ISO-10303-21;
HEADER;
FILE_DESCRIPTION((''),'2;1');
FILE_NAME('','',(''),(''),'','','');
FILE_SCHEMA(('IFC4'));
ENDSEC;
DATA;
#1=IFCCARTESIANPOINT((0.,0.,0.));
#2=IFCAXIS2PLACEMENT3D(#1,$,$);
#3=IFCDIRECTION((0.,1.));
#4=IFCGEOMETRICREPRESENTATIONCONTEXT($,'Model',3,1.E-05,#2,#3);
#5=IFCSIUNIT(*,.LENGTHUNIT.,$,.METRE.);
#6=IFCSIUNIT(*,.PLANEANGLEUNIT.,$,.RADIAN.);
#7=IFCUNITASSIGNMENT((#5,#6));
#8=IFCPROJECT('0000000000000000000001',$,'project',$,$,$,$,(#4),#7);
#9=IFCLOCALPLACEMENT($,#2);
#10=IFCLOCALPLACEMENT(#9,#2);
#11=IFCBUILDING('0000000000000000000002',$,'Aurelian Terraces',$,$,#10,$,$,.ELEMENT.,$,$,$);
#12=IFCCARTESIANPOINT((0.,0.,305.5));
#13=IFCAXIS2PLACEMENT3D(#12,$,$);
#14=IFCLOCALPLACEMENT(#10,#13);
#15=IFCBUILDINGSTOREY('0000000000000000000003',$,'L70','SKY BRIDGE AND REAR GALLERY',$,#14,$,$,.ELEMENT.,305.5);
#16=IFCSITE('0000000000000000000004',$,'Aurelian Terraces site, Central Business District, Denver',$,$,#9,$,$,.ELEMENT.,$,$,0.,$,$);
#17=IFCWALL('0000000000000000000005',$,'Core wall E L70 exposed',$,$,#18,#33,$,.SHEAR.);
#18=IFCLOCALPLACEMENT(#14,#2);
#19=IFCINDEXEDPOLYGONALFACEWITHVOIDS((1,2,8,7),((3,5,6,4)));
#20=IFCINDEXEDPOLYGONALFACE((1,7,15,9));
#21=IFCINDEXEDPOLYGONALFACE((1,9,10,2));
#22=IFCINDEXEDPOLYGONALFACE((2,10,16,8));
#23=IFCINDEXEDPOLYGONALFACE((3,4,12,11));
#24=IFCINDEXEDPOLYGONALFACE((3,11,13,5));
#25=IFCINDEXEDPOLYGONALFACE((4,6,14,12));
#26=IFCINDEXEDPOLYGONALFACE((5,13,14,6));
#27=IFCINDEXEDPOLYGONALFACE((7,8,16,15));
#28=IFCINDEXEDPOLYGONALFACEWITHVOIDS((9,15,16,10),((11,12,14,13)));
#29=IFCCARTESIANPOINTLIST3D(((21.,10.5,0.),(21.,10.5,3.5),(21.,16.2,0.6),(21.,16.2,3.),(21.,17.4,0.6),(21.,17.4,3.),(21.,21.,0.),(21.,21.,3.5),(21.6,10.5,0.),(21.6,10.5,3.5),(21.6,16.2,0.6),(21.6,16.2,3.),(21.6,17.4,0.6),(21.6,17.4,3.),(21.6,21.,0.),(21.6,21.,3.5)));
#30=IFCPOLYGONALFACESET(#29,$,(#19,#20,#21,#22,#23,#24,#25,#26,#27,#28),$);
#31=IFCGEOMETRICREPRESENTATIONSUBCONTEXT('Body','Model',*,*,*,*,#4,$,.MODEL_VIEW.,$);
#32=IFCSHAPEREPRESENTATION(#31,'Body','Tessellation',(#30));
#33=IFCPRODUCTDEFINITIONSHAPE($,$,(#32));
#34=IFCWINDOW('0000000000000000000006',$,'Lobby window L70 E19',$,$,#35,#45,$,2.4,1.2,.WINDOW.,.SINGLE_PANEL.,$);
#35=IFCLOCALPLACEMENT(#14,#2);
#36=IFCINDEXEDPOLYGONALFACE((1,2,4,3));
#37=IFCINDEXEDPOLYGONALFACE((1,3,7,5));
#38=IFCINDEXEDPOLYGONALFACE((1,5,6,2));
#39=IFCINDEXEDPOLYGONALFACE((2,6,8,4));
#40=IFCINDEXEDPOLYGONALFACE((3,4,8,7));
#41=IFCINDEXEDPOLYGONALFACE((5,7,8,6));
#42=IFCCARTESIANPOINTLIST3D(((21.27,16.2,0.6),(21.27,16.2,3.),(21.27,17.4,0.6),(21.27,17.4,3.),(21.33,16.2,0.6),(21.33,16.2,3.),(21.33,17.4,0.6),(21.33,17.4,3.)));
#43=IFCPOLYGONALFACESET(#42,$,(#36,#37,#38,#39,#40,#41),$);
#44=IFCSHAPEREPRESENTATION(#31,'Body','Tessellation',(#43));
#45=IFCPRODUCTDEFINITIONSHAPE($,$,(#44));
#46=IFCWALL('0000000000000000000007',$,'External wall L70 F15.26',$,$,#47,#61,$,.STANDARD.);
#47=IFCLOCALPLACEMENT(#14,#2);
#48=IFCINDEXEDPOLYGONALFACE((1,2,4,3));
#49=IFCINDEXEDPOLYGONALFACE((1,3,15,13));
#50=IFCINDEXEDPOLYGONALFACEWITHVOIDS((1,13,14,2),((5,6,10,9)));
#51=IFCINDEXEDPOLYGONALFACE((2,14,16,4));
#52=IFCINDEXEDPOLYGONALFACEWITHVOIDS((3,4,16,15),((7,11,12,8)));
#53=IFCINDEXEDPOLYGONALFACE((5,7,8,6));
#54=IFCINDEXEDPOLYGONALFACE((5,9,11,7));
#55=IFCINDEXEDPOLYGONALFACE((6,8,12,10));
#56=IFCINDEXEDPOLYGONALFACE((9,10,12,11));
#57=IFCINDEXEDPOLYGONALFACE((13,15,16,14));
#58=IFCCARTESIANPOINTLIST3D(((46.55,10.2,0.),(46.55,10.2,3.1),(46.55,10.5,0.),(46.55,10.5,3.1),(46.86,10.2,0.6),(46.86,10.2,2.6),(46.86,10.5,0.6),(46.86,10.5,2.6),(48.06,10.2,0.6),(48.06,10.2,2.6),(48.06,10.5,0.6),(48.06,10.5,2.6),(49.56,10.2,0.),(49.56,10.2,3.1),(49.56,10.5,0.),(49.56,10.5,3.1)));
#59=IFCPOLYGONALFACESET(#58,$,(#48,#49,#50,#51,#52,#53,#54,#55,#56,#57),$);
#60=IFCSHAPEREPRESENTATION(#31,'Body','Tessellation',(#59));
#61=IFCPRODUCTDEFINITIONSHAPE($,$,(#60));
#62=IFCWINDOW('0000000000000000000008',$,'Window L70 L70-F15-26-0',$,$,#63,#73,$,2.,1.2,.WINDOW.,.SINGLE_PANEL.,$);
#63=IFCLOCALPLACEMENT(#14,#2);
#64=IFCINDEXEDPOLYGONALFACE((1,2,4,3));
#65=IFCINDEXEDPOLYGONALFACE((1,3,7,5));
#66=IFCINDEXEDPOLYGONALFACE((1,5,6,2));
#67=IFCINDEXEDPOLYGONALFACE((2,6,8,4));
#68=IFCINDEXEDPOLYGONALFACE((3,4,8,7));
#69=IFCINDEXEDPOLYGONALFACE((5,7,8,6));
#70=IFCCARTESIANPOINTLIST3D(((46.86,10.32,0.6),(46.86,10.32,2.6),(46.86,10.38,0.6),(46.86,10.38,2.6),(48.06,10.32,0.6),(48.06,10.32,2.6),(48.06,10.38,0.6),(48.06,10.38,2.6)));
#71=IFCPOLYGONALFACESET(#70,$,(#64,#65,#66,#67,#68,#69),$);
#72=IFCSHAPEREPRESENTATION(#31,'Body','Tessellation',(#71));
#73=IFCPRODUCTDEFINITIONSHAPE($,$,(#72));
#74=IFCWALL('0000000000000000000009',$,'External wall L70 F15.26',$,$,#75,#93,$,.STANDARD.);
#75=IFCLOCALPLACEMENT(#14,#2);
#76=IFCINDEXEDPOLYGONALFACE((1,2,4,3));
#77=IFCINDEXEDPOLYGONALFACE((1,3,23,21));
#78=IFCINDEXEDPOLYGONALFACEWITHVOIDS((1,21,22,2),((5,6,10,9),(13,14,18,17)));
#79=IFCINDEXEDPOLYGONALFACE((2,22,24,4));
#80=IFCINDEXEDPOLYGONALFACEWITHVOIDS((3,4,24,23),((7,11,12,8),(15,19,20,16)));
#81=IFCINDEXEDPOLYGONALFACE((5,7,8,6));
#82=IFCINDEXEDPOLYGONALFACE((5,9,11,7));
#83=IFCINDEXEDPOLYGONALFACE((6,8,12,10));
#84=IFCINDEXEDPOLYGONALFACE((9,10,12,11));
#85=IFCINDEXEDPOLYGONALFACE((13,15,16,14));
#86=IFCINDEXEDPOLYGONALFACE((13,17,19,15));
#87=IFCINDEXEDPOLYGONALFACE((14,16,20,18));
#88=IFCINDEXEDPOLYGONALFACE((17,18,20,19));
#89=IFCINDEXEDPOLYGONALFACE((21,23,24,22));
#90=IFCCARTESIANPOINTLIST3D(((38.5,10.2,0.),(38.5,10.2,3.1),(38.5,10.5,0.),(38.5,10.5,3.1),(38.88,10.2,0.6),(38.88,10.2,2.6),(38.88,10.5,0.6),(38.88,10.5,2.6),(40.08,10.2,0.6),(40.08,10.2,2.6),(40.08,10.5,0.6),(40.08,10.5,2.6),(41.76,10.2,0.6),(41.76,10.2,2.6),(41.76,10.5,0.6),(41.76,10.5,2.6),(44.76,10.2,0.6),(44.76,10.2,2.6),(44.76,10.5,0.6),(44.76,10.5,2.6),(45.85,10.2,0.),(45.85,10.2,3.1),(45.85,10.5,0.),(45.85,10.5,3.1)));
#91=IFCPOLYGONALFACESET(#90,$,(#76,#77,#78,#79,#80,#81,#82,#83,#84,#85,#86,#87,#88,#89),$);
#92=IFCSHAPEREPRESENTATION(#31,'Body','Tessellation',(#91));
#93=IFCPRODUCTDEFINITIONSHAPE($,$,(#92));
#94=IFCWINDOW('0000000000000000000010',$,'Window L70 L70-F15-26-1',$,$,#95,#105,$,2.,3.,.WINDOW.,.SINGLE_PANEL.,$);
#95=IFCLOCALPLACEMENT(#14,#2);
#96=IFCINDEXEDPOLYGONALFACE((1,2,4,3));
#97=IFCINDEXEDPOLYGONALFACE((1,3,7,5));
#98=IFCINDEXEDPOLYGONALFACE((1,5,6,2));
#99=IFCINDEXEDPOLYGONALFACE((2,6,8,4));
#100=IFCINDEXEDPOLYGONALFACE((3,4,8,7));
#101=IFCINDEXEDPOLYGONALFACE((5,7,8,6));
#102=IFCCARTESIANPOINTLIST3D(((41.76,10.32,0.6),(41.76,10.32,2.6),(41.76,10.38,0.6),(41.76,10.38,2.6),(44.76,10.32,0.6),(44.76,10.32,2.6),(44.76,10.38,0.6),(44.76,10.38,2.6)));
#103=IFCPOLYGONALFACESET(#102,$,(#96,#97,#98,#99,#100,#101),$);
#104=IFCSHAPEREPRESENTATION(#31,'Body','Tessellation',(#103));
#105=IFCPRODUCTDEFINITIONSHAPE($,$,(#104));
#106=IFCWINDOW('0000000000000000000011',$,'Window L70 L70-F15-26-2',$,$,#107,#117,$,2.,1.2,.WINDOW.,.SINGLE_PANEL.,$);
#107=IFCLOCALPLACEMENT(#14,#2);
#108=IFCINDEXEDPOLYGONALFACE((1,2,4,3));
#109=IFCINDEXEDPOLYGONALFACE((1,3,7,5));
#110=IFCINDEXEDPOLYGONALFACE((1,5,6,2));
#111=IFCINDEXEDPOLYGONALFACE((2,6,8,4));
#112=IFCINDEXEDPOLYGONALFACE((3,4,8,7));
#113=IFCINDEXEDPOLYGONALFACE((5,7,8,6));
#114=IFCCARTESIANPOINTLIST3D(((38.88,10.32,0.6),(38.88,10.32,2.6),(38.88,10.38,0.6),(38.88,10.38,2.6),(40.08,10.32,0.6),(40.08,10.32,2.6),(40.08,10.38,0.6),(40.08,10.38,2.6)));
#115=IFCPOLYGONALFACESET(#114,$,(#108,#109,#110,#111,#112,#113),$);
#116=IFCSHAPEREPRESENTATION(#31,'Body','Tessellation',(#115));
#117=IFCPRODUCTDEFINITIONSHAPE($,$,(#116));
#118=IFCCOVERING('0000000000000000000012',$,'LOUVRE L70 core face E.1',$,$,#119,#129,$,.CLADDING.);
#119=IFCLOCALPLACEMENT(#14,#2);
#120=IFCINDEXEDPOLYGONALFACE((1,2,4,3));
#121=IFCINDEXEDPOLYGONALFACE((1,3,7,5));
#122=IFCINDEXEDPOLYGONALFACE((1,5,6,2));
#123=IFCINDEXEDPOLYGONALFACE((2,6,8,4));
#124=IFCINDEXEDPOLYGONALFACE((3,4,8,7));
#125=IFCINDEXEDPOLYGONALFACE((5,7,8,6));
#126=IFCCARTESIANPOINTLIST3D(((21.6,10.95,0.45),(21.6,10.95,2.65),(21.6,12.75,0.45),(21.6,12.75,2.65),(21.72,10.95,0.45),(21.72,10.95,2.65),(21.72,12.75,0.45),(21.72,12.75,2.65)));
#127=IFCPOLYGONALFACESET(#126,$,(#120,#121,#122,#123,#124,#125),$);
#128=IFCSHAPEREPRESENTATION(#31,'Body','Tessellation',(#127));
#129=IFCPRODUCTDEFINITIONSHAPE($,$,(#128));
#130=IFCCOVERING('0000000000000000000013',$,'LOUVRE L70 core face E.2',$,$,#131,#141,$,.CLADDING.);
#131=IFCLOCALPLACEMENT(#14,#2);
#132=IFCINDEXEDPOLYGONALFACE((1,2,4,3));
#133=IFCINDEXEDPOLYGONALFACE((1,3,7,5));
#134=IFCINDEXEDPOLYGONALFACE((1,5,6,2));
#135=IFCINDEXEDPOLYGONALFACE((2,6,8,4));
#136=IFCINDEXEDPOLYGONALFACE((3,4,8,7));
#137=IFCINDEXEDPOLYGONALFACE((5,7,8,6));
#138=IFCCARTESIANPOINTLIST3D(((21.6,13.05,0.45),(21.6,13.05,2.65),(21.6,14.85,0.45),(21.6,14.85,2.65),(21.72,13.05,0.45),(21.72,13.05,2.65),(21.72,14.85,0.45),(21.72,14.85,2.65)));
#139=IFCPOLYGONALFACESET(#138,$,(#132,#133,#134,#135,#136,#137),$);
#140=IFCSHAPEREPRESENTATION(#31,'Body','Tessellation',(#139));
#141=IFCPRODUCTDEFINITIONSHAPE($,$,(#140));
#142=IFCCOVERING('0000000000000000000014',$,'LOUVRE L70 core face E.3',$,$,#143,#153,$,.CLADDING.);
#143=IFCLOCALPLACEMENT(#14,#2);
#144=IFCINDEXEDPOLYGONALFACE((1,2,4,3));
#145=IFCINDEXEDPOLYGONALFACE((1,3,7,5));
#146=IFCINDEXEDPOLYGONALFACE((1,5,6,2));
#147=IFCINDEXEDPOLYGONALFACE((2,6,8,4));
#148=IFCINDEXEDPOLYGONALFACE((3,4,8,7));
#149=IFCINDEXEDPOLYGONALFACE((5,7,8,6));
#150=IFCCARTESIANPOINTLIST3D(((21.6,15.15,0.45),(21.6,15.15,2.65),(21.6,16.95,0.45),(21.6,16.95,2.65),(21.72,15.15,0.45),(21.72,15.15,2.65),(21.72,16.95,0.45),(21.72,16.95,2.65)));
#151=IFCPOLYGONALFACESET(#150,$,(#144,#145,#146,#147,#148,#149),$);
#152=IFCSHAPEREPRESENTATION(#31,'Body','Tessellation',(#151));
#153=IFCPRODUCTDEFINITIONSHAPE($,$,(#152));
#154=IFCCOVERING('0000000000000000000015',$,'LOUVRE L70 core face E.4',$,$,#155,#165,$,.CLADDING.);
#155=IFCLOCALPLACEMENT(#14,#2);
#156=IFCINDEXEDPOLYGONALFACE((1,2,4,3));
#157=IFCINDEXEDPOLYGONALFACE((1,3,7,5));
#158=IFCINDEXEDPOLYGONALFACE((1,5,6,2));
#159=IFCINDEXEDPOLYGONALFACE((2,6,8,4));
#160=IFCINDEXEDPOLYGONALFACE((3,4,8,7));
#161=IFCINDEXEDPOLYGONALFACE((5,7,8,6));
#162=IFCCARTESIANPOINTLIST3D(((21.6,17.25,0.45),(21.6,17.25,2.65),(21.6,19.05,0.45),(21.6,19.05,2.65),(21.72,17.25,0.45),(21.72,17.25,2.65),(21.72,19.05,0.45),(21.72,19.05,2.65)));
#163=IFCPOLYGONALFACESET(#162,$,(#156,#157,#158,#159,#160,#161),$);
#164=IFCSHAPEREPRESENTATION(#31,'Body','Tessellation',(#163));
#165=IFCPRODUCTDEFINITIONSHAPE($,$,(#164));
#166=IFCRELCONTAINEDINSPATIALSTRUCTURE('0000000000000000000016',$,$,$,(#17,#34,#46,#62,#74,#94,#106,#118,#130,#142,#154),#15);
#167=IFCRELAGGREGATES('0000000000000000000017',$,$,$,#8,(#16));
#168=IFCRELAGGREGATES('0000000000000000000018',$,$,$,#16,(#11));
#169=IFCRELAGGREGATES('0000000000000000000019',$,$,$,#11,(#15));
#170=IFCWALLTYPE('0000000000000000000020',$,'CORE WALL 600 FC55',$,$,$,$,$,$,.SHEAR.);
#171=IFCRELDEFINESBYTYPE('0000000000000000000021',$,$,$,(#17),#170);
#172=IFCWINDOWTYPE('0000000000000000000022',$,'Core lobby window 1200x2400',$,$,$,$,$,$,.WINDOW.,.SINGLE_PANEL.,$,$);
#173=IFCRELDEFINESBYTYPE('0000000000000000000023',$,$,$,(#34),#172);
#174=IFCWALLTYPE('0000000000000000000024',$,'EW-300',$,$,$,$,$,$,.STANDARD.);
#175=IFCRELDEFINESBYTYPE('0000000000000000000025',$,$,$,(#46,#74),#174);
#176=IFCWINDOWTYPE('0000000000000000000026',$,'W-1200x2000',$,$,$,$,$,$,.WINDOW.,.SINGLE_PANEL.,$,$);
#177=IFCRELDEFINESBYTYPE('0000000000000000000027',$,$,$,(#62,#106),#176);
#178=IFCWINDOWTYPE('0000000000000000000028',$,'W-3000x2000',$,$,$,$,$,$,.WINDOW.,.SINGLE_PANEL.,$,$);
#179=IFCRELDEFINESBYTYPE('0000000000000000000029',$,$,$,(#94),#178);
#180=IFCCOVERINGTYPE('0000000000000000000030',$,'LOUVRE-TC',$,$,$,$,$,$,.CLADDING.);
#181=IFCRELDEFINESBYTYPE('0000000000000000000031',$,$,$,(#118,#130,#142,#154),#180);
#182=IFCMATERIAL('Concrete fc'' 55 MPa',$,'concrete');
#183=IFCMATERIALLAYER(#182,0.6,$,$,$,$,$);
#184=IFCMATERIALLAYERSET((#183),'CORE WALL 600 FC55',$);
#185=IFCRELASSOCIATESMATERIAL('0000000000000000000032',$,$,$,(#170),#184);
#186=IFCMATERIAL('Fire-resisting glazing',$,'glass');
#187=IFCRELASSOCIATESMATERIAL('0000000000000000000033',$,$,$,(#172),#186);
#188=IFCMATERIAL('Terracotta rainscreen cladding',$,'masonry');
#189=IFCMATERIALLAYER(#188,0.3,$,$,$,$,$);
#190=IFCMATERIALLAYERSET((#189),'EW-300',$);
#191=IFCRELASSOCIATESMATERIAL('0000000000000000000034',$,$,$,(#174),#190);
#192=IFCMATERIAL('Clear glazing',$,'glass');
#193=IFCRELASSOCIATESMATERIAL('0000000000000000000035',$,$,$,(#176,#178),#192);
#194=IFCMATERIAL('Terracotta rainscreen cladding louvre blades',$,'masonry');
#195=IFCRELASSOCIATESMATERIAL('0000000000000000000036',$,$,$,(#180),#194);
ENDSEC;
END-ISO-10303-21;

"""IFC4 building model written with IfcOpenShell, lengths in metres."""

from ifc_helpers import new_model, si_unit, direction, frame, frame_2d, origin, origin_2d, place, context, subcontext, project, spatial, rectangle, extrude, source, transform, mapped, material, layer, layer_set, type_object, element, fill, save


model = new_model("IFC4")

# Units and contexts
model_context = context("Model", 3, precision=1e-05, world=origin(), true_north=direction((0.0, 1.0)))
body_context = subcontext(model_context, "Body", "Model", "MODEL_VIEW")
ifc_project = project(units=[si_unit("LENGTHUNIT", "METRE"), si_unit("PLANEANGLEUNIT", "RADIAN")], contexts=[model_context])

# Site, building, storey
site_placement = place(None, origin())
site = spatial("IfcSite", under=ifc_project, at=site_placement, Name="Aurelian Terraces site, Central Business District, Denver", CompositionType="ELEMENT", RefElevation=0.0)
building_placement = place(site_placement, origin())
building = spatial("IfcBuilding", under=site, at=building_placement, Name="Aurelian Terraces", CompositionType="ELEMENT")
storey_placement = place(building_placement, frame((0.0, 0.0, 305.5)))
storey = spatial("IfcBuildingStorey", under=building, at=storey_placement, Name="L70", Description="SKY BRIDGE AND REAR GALLERY", CompositionType="ELEMENT", Elevation=305.5)

# Walls, openings, windows
ifc_material_1 = material(Name="Concrete fc' 55 MPa", Category="concrete")
ifc_layer_1 = layer(ifc_material_1, 0.6)
ifc_layer_set_1 = layer_set([ifc_layer_1], Name="CORE WALL 600 FC55")
wall_type_1 = type_object("IfcWallType", Name="CORE WALL 600 FC55", PredefinedType="SHEAR", material=ifc_layer_set_1)
shared_shape_1 = source(origin(), body_context, "Body", "SweptSolid", [
    extrude(rectangle(XDim=10.5, YDim=0.6, at=frame_2d((5.25, 0.0))), origin(), (0.0, 0.0, 1.0), 3.5),
])
wall_1_placement = place(storey_placement, frame((21.3, 10.5, 0.0), z_axis=(0.0, 0.0, 1.0), x_axis=(0.0, 1.0, 0.0)))
wall_1 = element("IfcWall", 1, at=wall_1_placement, inside=storey, type_object=wall_type_1, Name="Core wall E L70 exposed", PredefinedType="SHEAR", context=body_context, shape_type="MappedRepresentation", body=[
    mapped(shared_shape_1, transform((0.0, 0.0, 0.0), scale=1.0)),
])
shared_shape_2 = source(origin(), body_context, "Body", "SweptSolid", [
    extrude(rectangle(XDim=1.2, YDim=2.4, at=frame_2d((0.6, 1.2))), frame((0.0, 0.31, 0.0), z_axis=(0.0, -1.0, 0.0), x_axis=(1.0, 0.0, 0.0)), (0.0, 0.0, 1.0), 0.62),
])
opening_1_placement = place(wall_1_placement, frame((5.7, 0.0, 0.6)))
opening_1 = element("IfcOpeningElement", 2, at=opening_1_placement, cuts=wall_1, PredefinedType="OPENING", context=body_context, shape_type="MappedRepresentation", body=[
    mapped(shared_shape_2, transform((0.0, 0.0, 0.0), scale=1.0)),
])
ifc_material_2 = material(Name="Fire-resisting glazing", Category="glass")
window_type_1 = type_object("IfcWindowType", Name="Core lobby window 1200x2400", PartitioningType="SINGLE_PANEL", PredefinedType="WINDOW", material=ifc_material_2)
shared_shape_3 = source(origin(), body_context, "Body", "SweptSolid", [
    extrude(rectangle(XDim=1.2, YDim=2.4, at=frame_2d((0.6, 1.2))), frame((0.0, 0.03, 0.0), z_axis=(0.0, -1.0, 0.0), x_axis=(1.0, 0.0, 0.0)), (0.0, 0.0, 1.0), 0.06),
])
window_1_placement = place(opening_1_placement, origin())
window_1 = element("IfcWindow", 3, at=window_1_placement, inside=storey, type_object=window_type_1, Name="Lobby window L70 E19", OverallHeight=2.4, OverallWidth=1.2, PartitioningType="SINGLE_PANEL", PredefinedType="WINDOW", context=body_context, shape_type="MappedRepresentation", body=[
    mapped(shared_shape_3, transform((0.0, 0.0, 0.0), scale=1.0)),
])
fill(opening_1, window_1)
ifc_material_3 = material(Name="Terracotta rainscreen cladding", Category="masonry")
ifc_layer_2 = layer(ifc_material_3, 0.3)
ifc_layer_set_2 = layer_set([ifc_layer_2], Name="EW-300")
wall_type_2 = type_object("IfcWallType", Name="EW-300", PredefinedType="STANDARD", material=ifc_layer_set_2)
shared_shape_4 = source(origin(), body_context, "Body", "SweptSolid", [
    extrude(rectangle(XDim=3.01, YDim=0.3, at=frame_2d((1.505, 0.0))), origin(), (0.0, 0.0, 1.0), 3.1),
])
wall_2_placement = place(storey_placement, frame((49.56, 10.35, 0.0), z_axis=(0.0, 0.0, 1.0), x_axis=(-1.0, 0.0, 0.0)))
wall_2 = element("IfcWall", 4, at=wall_2_placement, inside=storey, type_object=wall_type_2, Name="External wall L70 F15.26", PredefinedType="STANDARD", context=body_context, shape_type="MappedRepresentation", body=[
    mapped(shared_shape_4, transform((0.0, 0.0, 0.0), scale=1.0)),
])
shared_shape_5 = source(origin(), body_context, "Body", "SweptSolid", [
    extrude(rectangle(XDim=1.2, YDim=2.0, at=frame_2d((0.6, 1.0))), frame((0.0, 0.16, 0.0), z_axis=(0.0, -1.0, 0.0), x_axis=(1.0, 0.0, 0.0)), (0.0, 0.0, 1.0), 0.32),
])
opening_2_placement = place(wall_2_placement, frame((1.5, 0.0, 0.6)))
opening_2 = element("IfcOpeningElement", 5, at=opening_2_placement, cuts=wall_2, PredefinedType="OPENING", context=body_context, shape_type="MappedRepresentation", body=[
    mapped(shared_shape_5, transform((0.0, 0.0, 0.0), scale=1.0)),
])
ifc_material_4 = material(Name="Clear glazing", Category="glass")
window_type_2 = type_object("IfcWindowType", Name="W-1200x2000", PartitioningType="SINGLE_PANEL", PredefinedType="WINDOW", material=ifc_material_4)
shared_shape_6 = source(origin(), body_context, "Body", "SweptSolid", [
    extrude(rectangle(XDim=1.2, YDim=2.0, at=frame_2d((0.6, 1.0))), frame((0.0, 0.03, 0.0), z_axis=(0.0, -1.0, 0.0), x_axis=(1.0, 0.0, 0.0)), (0.0, 0.0, 1.0), 0.06),
])
window_2_placement = place(opening_2_placement, origin())
window_2 = element("IfcWindow", 6, at=window_2_placement, inside=storey, type_object=window_type_2, Name="Window L70 L70-F15-26-0", OverallHeight=2.0, OverallWidth=1.2, PartitioningType="SINGLE_PANEL", PredefinedType="WINDOW", context=body_context, shape_type="MappedRepresentation", body=[
    mapped(shared_shape_6, transform((0.0, 0.0, 0.0), scale=1.0)),
])
fill(opening_2, window_2)

# Wall, openings, windows
shared_shape_7 = source(origin(), body_context, "Body", "SweptSolid", [
    extrude(rectangle(XDim=7.35, YDim=0.3, at=frame_2d((3.675, 0.0))), origin(), (0.0, 0.0, 1.0), 3.1),
])
wall_3_placement = place(storey_placement, frame((45.85, 10.35, 0.0), z_axis=(0.0, 0.0, 1.0), x_axis=(-1.0, 0.0, 0.0)))
wall_3 = element("IfcWall", 7, at=wall_3_placement, inside=storey, type_object=wall_type_2, Name="External wall L70 F15.26", PredefinedType="STANDARD", context=body_context, shape_type="MappedRepresentation", body=[
    mapped(shared_shape_7, transform((0.0, 0.0, 0.0), scale=1.0)),
])
shared_shape_8 = source(origin(), body_context, "Body", "SweptSolid", [
    extrude(rectangle(XDim=3.0, YDim=2.0, at=frame_2d((1.5, 1.0))), frame((0.0, 0.16, 0.0), z_axis=(0.0, -1.0, 0.0), x_axis=(1.0, 0.0, 0.0)), (0.0, 0.0, 1.0), 0.32),
])
opening_3_placement = place(wall_3_placement, frame((1.09, 0.0, 0.6)))
opening_3 = element("IfcOpeningElement", 8, at=opening_3_placement, cuts=wall_3, PredefinedType="OPENING", context=body_context, shape_type="MappedRepresentation", body=[
    mapped(shared_shape_8, transform((0.0, 0.0, 0.0), scale=1.0)),
])
opening_4_placement = place(wall_3_placement, frame((5.77, 0.0, 0.6)))
opening_4 = element("IfcOpeningElement", 9, at=opening_4_placement, cuts=wall_3, PredefinedType="OPENING", context=body_context, shape_type="MappedRepresentation", body=[
    mapped(shared_shape_5, transform((0.0, 0.0, 0.0), scale=1.0)),
])
window_type_3 = type_object("IfcWindowType", Name="W-3000x2000", PartitioningType="SINGLE_PANEL", PredefinedType="WINDOW", material=ifc_material_4)
shared_shape_9 = source(origin(), body_context, "Body", "SweptSolid", [
    extrude(rectangle(XDim=3.0, YDim=2.0, at=frame_2d((1.5, 1.0))), frame((0.0, 0.03, 0.0), z_axis=(0.0, -1.0, 0.0), x_axis=(1.0, 0.0, 0.0)), (0.0, 0.0, 1.0), 0.06),
])
window_3_placement = place(opening_3_placement, origin())
window_3 = element("IfcWindow", 10, at=window_3_placement, inside=storey, type_object=window_type_3, Name="Window L70 L70-F15-26-1", OverallHeight=2.0, OverallWidth=3.0, PartitioningType="SINGLE_PANEL", PredefinedType="WINDOW", context=body_context, shape_type="MappedRepresentation", body=[
    mapped(shared_shape_9, transform((0.0, 0.0, 0.0), scale=1.0)),
])
fill(opening_3, window_3)
window_4_placement = place(opening_4_placement, origin())
window_4 = element("IfcWindow", 11, at=window_4_placement, inside=storey, type_object=window_type_2, Name="Window L70 L70-F15-26-2", OverallHeight=2.0, OverallWidth=1.2, PartitioningType="SINGLE_PANEL", PredefinedType="WINDOW", context=body_context, shape_type="MappedRepresentation", body=[
    mapped(shared_shape_6, transform((0.0, 0.0, 0.0), scale=1.0)),
])
fill(opening_4, window_4)

# Coverings
ifc_material_5 = material(Name="Terracotta rainscreen cladding louvre blades", Category="masonry")
covering_type_1 = type_object("IfcCoveringType", Name="LOUVRE-TC", PredefinedType="CLADDING", material=ifc_material_5)
shared_shape_10 = source(origin(), body_context, "Body", "SweptSolid", [
    extrude(rectangle(XDim=0.12, YDim=1.8, at=origin_2d()), origin(), (0.0, 0.0, 1.0), 2.2),
])
for number, where, z_axis, x_axis, name in (
    (12, (21.66, 11.85, 0.45), (0.0, 0.0, 1.0), (1.0, 0.0, 0.0), "LOUVRE L70 core face E.1"),
    (13, (21.66, 13.95, 0.45), (0.0, 0.0, 1.0), (1.0, 0.0, 0.0), "LOUVRE L70 core face E.2"),
    (14, (21.66, 16.05, 0.45), (0.0, 0.0, 1.0), (1.0, 0.0, 0.0), "LOUVRE L70 core face E.3"),
    (15, (21.66, 18.15, 0.45), (0.0, 0.0, 1.0), (1.0, 0.0, 0.0), "LOUVRE L70 core face E.4"),
):
    element("IfcCovering", number, at=place(storey_placement, frame(where, z_axis=z_axis, x_axis=x_axis)), inside=storey, type_object=covering_type_1, Name=name, PredefinedType="CLADDING", context=body_context, shape_type="MappedRepresentation", body=[
        mapped(shared_shape_10, transform((0.0, 0.0, 0.0), scale=1.0)),
    ])

save(model, "model.ifc")
